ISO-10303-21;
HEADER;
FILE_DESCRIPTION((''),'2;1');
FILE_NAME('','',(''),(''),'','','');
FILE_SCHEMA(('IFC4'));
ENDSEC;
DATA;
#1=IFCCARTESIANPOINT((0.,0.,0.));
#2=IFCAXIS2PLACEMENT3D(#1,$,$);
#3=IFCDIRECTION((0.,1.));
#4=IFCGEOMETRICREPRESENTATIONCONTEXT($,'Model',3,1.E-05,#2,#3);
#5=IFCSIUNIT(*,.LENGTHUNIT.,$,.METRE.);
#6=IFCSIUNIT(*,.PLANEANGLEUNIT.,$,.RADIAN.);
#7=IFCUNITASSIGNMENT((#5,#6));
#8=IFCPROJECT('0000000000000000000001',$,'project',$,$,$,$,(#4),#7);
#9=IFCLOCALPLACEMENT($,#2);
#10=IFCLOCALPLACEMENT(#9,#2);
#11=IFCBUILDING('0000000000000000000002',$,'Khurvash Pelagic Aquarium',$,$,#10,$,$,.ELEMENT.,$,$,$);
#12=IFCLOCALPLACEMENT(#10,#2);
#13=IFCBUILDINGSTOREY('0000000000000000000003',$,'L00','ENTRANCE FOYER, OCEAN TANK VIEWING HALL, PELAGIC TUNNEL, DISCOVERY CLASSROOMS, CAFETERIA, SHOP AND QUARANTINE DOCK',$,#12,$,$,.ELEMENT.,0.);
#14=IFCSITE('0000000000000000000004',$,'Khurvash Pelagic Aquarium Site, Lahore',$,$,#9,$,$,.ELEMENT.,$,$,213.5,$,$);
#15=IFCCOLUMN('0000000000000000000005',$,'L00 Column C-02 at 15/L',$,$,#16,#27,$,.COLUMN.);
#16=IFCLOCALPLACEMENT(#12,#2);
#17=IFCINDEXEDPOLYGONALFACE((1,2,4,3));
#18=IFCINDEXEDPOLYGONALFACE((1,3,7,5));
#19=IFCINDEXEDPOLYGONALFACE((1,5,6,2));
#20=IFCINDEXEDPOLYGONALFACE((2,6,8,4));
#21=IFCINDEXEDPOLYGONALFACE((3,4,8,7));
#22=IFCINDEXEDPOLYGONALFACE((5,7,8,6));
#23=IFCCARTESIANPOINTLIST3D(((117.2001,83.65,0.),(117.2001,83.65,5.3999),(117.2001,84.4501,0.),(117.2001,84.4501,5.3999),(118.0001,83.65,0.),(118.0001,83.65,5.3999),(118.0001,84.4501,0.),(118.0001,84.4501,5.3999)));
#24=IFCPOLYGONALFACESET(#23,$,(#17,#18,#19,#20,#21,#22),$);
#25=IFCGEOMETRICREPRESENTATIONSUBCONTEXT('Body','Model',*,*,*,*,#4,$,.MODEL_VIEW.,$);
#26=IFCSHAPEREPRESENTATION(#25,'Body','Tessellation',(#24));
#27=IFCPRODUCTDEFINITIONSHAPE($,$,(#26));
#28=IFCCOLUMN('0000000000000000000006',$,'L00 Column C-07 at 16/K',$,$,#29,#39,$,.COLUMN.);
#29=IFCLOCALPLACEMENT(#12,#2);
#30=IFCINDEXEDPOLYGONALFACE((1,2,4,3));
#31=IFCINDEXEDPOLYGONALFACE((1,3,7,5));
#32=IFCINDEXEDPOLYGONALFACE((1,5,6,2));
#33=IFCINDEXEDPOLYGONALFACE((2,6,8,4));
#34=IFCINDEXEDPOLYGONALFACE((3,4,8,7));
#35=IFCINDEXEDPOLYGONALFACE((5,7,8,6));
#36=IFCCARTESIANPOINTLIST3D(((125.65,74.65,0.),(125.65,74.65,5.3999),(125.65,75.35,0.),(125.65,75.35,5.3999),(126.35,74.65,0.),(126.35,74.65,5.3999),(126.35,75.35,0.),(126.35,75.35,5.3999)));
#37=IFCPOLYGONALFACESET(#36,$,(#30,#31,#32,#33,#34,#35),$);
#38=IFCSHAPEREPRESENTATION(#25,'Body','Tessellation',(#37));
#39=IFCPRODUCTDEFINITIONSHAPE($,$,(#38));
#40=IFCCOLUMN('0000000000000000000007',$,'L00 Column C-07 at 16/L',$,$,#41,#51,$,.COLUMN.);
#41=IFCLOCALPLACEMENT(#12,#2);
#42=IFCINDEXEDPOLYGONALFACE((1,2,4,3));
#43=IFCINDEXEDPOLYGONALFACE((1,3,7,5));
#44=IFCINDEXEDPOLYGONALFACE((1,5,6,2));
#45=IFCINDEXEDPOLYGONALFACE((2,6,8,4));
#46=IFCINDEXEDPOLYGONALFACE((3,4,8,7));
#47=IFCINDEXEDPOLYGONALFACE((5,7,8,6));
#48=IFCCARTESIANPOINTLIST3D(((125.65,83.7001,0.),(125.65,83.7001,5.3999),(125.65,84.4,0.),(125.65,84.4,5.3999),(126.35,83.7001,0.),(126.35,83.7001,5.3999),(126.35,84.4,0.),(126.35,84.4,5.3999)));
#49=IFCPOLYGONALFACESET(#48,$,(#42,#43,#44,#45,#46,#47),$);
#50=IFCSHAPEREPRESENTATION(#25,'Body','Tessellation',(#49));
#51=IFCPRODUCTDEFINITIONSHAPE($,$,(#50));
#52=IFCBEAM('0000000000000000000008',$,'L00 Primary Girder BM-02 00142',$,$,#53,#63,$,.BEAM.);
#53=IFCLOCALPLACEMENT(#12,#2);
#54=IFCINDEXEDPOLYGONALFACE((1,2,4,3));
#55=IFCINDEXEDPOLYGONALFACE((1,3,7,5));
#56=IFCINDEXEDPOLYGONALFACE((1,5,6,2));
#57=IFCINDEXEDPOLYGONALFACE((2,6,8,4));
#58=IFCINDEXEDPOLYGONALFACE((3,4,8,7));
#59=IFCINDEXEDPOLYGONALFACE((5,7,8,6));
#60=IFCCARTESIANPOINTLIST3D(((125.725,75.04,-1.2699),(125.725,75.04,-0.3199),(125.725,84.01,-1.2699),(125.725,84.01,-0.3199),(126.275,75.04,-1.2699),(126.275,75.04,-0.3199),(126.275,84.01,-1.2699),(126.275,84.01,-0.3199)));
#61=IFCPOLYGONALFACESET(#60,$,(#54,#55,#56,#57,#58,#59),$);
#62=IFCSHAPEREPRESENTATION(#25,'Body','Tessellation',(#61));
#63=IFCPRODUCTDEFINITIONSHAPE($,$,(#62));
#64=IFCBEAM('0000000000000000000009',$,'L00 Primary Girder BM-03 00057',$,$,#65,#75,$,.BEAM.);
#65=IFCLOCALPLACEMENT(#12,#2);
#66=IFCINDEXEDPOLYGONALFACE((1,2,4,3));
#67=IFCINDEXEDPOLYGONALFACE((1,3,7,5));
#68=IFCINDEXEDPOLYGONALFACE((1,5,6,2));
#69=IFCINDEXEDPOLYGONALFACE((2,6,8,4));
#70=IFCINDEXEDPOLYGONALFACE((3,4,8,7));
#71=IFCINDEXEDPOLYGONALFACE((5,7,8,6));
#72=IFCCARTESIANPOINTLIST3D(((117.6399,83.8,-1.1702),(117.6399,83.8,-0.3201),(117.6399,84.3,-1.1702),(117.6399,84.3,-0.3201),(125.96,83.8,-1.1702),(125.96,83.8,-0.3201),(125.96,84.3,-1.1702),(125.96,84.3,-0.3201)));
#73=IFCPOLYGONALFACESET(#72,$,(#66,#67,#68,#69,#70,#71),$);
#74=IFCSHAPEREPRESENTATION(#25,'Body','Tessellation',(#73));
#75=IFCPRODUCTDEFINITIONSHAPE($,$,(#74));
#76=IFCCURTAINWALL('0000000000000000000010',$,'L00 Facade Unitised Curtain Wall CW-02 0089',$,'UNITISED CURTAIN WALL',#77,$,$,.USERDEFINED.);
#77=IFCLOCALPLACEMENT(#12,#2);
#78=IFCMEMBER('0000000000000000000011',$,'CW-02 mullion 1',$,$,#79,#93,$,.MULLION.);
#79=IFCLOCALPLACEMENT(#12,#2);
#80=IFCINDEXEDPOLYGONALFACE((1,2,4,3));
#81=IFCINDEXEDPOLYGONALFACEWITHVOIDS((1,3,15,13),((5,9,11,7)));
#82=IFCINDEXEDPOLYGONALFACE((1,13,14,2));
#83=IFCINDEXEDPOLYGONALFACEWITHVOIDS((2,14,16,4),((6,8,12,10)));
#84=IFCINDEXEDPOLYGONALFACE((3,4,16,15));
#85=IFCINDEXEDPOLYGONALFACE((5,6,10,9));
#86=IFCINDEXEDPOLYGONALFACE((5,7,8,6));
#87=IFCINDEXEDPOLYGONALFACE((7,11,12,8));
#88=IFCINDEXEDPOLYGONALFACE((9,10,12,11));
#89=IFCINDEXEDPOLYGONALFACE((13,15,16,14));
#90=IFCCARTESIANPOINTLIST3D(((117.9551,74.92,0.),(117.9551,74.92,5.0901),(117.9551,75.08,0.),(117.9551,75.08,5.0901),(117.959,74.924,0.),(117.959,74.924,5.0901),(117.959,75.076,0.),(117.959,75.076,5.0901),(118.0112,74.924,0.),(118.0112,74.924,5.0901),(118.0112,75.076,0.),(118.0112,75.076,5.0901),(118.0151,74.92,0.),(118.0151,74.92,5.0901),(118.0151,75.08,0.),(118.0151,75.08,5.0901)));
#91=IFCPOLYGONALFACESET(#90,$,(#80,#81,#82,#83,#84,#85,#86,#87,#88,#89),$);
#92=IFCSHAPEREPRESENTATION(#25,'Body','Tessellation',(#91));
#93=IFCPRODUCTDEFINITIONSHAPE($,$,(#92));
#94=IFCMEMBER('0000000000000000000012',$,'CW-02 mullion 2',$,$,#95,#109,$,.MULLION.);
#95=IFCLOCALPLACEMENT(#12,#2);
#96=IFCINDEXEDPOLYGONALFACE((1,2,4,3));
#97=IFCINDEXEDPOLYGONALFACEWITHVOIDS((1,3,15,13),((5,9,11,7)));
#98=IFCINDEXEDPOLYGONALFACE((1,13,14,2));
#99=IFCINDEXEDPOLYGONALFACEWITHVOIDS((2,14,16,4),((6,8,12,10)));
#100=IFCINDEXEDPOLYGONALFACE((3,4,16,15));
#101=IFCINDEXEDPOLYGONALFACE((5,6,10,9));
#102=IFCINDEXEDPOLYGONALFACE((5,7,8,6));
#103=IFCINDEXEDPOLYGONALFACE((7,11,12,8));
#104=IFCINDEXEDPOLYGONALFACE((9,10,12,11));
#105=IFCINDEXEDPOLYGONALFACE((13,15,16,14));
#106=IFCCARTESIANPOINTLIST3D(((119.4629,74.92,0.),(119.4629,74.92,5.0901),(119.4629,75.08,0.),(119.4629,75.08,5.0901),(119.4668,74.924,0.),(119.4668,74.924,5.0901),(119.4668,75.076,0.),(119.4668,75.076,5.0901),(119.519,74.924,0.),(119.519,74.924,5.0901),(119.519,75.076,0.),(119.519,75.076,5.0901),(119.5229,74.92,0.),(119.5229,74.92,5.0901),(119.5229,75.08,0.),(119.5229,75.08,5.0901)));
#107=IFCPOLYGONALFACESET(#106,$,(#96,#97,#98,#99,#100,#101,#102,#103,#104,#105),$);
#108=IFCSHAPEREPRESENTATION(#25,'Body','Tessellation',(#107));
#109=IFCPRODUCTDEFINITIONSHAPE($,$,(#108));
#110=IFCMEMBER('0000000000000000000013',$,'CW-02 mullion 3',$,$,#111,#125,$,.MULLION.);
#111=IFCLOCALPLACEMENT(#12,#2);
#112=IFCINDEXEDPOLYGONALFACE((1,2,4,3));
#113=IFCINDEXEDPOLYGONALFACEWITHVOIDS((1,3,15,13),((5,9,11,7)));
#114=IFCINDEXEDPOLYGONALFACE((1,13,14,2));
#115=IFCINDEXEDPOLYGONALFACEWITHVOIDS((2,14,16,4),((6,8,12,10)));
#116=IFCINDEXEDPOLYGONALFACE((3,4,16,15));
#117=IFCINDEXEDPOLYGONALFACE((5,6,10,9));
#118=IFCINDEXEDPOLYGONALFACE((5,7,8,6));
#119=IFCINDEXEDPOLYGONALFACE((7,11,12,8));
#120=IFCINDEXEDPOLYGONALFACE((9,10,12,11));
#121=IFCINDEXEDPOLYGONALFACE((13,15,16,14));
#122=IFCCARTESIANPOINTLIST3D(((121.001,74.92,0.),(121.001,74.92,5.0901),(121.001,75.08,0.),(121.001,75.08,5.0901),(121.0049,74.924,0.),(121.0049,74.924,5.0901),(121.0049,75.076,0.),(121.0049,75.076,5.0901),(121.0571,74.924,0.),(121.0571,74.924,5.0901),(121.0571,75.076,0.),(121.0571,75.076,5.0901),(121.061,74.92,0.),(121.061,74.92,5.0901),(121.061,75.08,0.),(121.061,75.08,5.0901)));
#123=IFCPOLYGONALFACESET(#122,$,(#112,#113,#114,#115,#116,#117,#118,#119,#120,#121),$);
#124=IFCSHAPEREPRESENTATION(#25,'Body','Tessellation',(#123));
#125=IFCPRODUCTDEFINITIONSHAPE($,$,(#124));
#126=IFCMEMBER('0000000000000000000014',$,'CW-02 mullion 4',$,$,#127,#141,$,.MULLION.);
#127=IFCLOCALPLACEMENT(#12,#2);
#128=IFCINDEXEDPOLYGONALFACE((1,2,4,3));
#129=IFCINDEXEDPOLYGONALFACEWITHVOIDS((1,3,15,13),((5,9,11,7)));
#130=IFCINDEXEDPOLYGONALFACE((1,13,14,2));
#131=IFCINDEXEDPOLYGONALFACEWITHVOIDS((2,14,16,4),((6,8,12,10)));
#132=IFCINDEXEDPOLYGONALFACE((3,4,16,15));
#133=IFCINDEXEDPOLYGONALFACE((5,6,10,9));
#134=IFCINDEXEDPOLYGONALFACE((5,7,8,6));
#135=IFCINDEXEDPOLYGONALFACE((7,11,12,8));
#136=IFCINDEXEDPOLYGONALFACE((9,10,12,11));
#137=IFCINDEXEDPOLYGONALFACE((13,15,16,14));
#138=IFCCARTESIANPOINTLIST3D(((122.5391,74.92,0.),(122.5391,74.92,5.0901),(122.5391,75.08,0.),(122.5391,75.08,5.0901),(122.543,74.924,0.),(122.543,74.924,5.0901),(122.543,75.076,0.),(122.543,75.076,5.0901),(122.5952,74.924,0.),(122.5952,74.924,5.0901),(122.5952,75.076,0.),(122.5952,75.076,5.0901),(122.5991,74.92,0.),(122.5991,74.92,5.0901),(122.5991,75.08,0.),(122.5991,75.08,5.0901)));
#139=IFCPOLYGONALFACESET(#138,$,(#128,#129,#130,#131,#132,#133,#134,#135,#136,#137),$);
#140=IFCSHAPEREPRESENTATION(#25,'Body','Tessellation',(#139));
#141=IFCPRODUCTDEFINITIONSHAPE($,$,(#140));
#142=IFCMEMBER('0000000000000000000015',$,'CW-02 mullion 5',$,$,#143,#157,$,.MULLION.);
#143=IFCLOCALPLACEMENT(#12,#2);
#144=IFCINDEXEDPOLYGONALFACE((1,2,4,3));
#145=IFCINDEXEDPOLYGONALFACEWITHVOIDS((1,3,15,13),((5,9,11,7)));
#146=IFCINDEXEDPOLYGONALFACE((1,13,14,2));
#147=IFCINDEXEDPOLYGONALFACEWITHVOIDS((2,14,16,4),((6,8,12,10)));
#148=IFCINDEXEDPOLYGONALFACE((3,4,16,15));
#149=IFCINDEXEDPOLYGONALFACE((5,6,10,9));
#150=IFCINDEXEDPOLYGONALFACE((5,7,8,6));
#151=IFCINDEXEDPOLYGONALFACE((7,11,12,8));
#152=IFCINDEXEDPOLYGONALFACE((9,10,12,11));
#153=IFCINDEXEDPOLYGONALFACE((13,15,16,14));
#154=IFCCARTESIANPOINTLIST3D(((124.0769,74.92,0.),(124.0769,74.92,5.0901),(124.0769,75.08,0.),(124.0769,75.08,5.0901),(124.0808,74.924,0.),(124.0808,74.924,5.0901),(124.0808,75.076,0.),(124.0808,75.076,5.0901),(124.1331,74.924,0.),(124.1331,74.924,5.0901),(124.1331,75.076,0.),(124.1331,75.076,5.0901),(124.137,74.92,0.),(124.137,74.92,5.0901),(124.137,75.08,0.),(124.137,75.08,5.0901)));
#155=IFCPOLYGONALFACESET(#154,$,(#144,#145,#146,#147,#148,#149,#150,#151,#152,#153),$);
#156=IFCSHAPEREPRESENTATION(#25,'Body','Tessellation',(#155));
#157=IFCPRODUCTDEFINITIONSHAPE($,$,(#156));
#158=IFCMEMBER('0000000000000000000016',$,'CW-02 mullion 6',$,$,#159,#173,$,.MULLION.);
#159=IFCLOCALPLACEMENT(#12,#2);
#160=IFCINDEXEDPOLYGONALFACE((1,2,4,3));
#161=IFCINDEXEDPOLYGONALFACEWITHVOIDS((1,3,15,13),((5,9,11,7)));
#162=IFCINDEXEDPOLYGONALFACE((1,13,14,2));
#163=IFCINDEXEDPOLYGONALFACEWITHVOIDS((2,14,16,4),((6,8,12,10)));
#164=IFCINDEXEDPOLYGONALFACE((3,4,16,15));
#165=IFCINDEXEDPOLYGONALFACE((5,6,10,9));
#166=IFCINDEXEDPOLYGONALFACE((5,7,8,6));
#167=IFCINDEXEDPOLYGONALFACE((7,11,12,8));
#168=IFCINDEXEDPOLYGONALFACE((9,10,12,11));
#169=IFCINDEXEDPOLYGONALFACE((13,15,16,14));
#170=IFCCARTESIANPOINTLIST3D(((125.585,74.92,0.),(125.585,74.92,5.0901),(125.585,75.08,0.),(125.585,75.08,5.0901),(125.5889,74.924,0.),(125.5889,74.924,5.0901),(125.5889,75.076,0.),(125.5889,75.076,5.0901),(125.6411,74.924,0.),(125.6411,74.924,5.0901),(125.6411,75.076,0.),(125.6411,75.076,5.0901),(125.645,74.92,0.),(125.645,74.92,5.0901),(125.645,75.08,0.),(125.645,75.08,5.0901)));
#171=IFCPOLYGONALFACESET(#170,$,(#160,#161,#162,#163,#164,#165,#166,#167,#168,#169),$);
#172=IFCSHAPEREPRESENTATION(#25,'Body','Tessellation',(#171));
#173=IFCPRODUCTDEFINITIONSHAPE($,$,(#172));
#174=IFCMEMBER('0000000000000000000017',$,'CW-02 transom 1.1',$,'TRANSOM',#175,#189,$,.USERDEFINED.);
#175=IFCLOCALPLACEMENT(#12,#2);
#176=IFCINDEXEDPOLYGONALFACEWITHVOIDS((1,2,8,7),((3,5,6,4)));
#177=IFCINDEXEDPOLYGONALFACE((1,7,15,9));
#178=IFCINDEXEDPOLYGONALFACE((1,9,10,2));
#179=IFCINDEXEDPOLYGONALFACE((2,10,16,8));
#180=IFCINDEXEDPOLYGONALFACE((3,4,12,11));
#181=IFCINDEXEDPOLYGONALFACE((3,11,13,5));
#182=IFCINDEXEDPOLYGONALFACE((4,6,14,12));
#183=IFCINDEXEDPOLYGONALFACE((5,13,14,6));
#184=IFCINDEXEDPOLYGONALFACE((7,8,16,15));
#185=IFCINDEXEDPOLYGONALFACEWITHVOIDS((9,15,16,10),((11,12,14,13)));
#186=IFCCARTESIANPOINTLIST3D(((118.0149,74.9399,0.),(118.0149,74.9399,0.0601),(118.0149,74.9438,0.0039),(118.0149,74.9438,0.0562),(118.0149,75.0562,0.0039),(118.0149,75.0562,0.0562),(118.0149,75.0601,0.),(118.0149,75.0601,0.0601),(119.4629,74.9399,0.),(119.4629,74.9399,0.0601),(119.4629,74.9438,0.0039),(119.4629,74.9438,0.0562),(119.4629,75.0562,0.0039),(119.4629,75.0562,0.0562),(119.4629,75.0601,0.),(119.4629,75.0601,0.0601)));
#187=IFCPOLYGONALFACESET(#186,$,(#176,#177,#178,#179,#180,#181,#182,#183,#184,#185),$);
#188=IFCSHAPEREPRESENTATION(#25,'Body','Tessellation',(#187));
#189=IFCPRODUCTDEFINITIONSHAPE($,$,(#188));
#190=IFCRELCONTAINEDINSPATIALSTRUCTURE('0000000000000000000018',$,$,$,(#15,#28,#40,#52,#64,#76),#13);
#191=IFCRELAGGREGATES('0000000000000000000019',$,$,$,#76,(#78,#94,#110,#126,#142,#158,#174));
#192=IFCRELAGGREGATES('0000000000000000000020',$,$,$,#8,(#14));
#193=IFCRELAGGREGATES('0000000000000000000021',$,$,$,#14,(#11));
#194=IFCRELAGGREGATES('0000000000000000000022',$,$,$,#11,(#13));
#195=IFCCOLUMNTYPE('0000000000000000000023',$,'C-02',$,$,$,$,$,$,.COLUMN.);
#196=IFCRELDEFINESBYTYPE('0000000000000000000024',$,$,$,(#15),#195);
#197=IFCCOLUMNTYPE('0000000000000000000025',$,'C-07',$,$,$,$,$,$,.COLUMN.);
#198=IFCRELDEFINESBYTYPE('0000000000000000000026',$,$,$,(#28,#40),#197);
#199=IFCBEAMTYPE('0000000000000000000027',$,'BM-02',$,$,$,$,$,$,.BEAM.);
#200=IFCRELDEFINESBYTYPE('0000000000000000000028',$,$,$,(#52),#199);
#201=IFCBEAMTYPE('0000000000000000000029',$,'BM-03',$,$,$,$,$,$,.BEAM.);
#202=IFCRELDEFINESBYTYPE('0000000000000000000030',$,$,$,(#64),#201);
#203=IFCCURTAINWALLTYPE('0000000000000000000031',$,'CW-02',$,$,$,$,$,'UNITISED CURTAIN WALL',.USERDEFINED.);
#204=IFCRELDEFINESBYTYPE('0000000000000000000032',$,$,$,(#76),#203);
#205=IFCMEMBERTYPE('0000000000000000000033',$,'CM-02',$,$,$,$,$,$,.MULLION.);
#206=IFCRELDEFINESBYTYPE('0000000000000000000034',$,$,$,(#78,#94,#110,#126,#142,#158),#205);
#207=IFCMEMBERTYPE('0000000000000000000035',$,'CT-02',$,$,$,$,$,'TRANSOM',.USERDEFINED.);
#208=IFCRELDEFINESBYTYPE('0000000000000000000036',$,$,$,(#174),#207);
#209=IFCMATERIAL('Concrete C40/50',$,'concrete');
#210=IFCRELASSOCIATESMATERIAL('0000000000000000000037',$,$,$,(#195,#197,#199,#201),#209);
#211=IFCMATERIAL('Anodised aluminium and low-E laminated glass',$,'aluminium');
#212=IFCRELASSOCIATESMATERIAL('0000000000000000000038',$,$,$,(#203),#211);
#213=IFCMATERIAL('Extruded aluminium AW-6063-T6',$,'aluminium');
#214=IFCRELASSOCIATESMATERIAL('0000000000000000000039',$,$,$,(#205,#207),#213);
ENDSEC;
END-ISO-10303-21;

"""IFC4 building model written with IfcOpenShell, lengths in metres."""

from ifc_helpers import new_model, si_unit, direction, frame, origin, origin_2d, place, context, subcontext, project, spatial, rectangle, hollow_rectangle, extrude, material, material_profile, profile_set, type_object, element, aggregate, save


model = new_model("IFC4")

# Units and contexts
model_context = context("Model", 3, precision=1e-05, world=origin(), true_north=direction((0.0, 1.0)))
body_context = subcontext(model_context, "Body", "Model", "MODEL_VIEW")
ifc_project = project(units=[si_unit("LENGTHUNIT", "METRE"), si_unit("PLANEANGLEUNIT", "RADIAN")], contexts=[model_context])

# Site, building, storey
site_placement = place(None, origin())
site = spatial("IfcSite", under=ifc_project, at=site_placement, Name="Khurvash Pelagic Aquarium Site, Lahore", CompositionType="ELEMENT", RefElevation=213.5)
building_placement = place(site_placement, origin())
building = spatial("IfcBuilding", under=site, at=building_placement, Name="Khurvash Pelagic Aquarium", CompositionType="ELEMENT")
storey_placement = place(building_placement, origin())
storey = spatial("IfcBuildingStorey", under=building, at=storey_placement, Name="L00", Description="ENTRANCE FOYER, OCEAN TANK VIEWING HALL, PELAGIC TUNNEL, DISCOVERY CLASSROOMS, CAFETERIA, SHOP AND QUARANTINE DOCK", CompositionType="ELEMENT", Elevation=0.0)

# Columns
ifc_material_1 = material(Name="Concrete C40/50", Category="concrete")
ifc_material_profile_1 = material_profile(ifc_material_1, rectangle(XDim=0.8, YDim=0.8, at=origin_2d()), Name="RC800X800")
ifc_profile_set_1 = profile_set([ifc_material_profile_1], Name="Concrete C40/50")
column_type_1 = type_object("IfcColumnType", Name="C-02", PredefinedType="COLUMN", material=ifc_profile_set_1)
column_placement = place(storey_placement, frame((117.6001, 84.05, 0.0), z_axis=(0.0, 0.0, 1.0), x_axis=(1.0, 0.0, 0.0)))
element("IfcColumn", 1, at=column_placement, inside=storey, type_object=column_type_1, Name="L00 Column C-02 at 15/L", PredefinedType="COLUMN", context=body_context, shape_type="SweptSolid", body=[
    extrude(rectangle(XDim=0.8, YDim=0.8, at=origin_2d()), origin(), (0.0, 0.0, 1.0), 5.3999),
])
ifc_material_profile_2 = material_profile(ifc_material_1, rectangle(XDim=0.7, YDim=0.7, at=origin_2d()), Name="RC700X700")
ifc_profile_set_2 = profile_set([ifc_material_profile_2], Name="Concrete C40/50")
column_type_2 = type_object("IfcColumnType", Name="C-07", PredefinedType="COLUMN", material=ifc_profile_set_2)
for number, where, z_axis, x_axis, name in (
    (2, (126.0, 75.0, 0.0), (0.0, 0.0, 1.0), (1.0, 0.0, 0.0), "L00 Column C-07 at 16/K"),
    (3, (126.0, 84.05, 0.0), (0.0, 0.0, 1.0), (1.0, 0.0, 0.0), "L00 Column C-07 at 16/L"),
):
    element("IfcColumn", number, at=place(storey_placement, frame(where, z_axis=z_axis, x_axis=x_axis)), inside=storey, type_object=column_type_2, Name=name, PredefinedType="COLUMN", context=body_context, shape_type="SweptSolid", body=[
        extrude(rectangle(XDim=0.7, YDim=0.7, at=origin_2d()), origin(), (0.0, 0.0, 1.0), 5.3999),
    ])

# Beams
ifc_material_profile_3 = material_profile(ifc_material_1, rectangle(XDim=0.55, YDim=0.95, at=origin_2d()), Name="RC550X950")
ifc_profile_set_3 = profile_set([ifc_material_profile_3], Name="Concrete C40/50")
beam_type_1 = type_object("IfcBeamType", Name="BM-02", PredefinedType="BEAM", material=ifc_profile_set_3)
beam_1_placement = place(storey_placement, frame((126.0, 75.04, -0.7949), z_axis=(0.0, 1.0, 0.0), x_axis=(-1.0, 0.0, 0.0)))
element("IfcBeam", 4, at=beam_1_placement, inside=storey, type_object=beam_type_1, Name="L00 Primary Girder BM-02 00142", PredefinedType="BEAM", context=body_context, shape_type="SweptSolid", body=[
    extrude(rectangle(XDim=0.55, YDim=0.95, at=origin_2d()), origin(), (0.0, 0.0, 1.0), 8.97),
])
ifc_material_profile_4 = material_profile(ifc_material_1, rectangle(XDim=0.5, YDim=0.8501, at=origin_2d()), Name="RC500X850")
ifc_profile_set_4 = profile_set([ifc_material_profile_4], Name="Concrete C40/50")
beam_type_2 = type_object("IfcBeamType", Name="BM-03", PredefinedType="BEAM", material=ifc_profile_set_4)
beam_2_placement = place(storey_placement, frame((117.6399, 84.05, -0.7451), z_axis=(1.0, 0.0, 0.0), x_axis=(0.0, 1.0, 0.0)))
element("IfcBeam", 5, at=beam_2_placement, inside=storey, type_object=beam_type_2, Name="L00 Primary Girder BM-03 00057", PredefinedType="BEAM", context=body_context, shape_type="SweptSolid", body=[
    extrude(rectangle(XDim=0.5, YDim=0.8501, at=origin_2d()), origin(), (0.0, 0.0, 1.0), 8.3201),
])

# Curtain wall, members
ifc_material_2 = material(Name="Anodised aluminium and low-E laminated glass", Category="aluminium")
curtain_wall_type = type_object("IfcCurtainWallType", Name="CW-02", ElementType="UNITISED CURTAIN WALL", PredefinedType="USERDEFINED", material=ifc_material_2)
curtain_wall_placement = place(storey_placement, origin())
curtain_wall = element("IfcCurtainWall", 6, at=curtain_wall_placement, inside=storey, type_object=curtain_wall_type, Name="L00 Facade Unitised Curtain Wall CW-02 0089", ObjectType="UNITISED CURTAIN WALL", PredefinedType="USERDEFINED")
ifc_material_3 = material(Name="Extruded aluminium AW-6063-T6", Category="aluminium")
ifc_material_profile_5 = material_profile(ifc_material_3, hollow_rectangle(XDim=0.0601, YDim=0.1599, WallThickness=0.0039, at=origin_2d()), Name="CWM60X160X4")
ifc_profile_set_5 = profile_set([ifc_material_profile_5], Name="Extruded aluminium AW-6063-T6")
member_type_1 = type_object("IfcMemberType", Name="CM-02", PredefinedType="MULLION", material=ifc_profile_set_5)
member_1_placement = place(storey_placement, frame((117.9851, 75.0, 0.0), z_axis=(0.0, 0.0, 1.0), x_axis=(1.0, 0.0, 0.0)))
member_1 = element("IfcMember", 7, at=member_1_placement, type_object=member_type_1, Name="CW-02 mullion 1", PredefinedType="MULLION", context=body_context, shape_type="SweptSolid", body=[
    extrude(hollow_rectangle(XDim=0.0601, YDim=0.1599, WallThickness=0.0039, at=origin_2d()), origin(), (0.0, 0.0, 1.0), 5.0901),
])
member_2_placement = place(storey_placement, frame((119.4929, 75.0, 0.0), z_axis=(0.0, 0.0, 1.0), x_axis=(1.0, 0.0, 0.0)))
member_2 = element("IfcMember", 8, at=member_2_placement, type_object=member_type_1, Name="CW-02 mullion 2", PredefinedType="MULLION", context=body_context, shape_type="SweptSolid", body=[
    extrude(hollow_rectangle(XDim=0.0601, YDim=0.1599, WallThickness=0.0039, at=origin_2d()), origin(), (0.0, 0.0, 1.0), 5.0901),
])
member_3_placement = place(storey_placement, frame((121.031, 75.0, 0.0), z_axis=(0.0, 0.0, 1.0), x_axis=(1.0, 0.0, 0.0)))
member_3 = element("IfcMember", 9, at=member_3_placement, type_object=member_type_1, Name="CW-02 mullion 3", PredefinedType="MULLION", context=body_context, shape_type="SweptSolid", body=[
    extrude(hollow_rectangle(XDim=0.0601, YDim=0.1599, WallThickness=0.0039, at=origin_2d()), origin(), (0.0, 0.0, 1.0), 5.0901),
])
member_4_placement = place(storey_placement, frame((122.5691, 75.0, 0.0), z_axis=(0.0, 0.0, 1.0), x_axis=(1.0, 0.0, 0.0)))
member_4 = element("IfcMember", 10, at=member_4_placement, type_object=member_type_1, Name="CW-02 mullion 4", PredefinedType="MULLION", context=body_context, shape_type="SweptSolid", body=[
    extrude(hollow_rectangle(XDim=0.0601, YDim=0.1599, WallThickness=0.0039, at=origin_2d()), origin(), (0.0, 0.0, 1.0), 5.0901),
])
member_5_placement = place(storey_placement, frame((124.1069, 75.0, 0.0), z_axis=(0.0, 0.0, 1.0), x_axis=(1.0, 0.0, 0.0)))
member_5 = element("IfcMember", 11, at=member_5_placement, type_object=member_type_1, Name="CW-02 mullion 5", PredefinedType="MULLION", context=body_context, shape_type="SweptSolid", body=[
    extrude(hollow_rectangle(XDim=0.0601, YDim=0.1599, WallThickness=0.0039, at=origin_2d()), origin(), (0.0, 0.0, 1.0), 5.0901),
])
member_6_placement = place(storey_placement, frame((125.615, 75.0, 0.0), z_axis=(0.0, 0.0, 1.0), x_axis=(1.0, 0.0, 0.0)))
member_6 = element("IfcMember", 12, at=member_6_placement, type_object=member_type_1, Name="CW-02 mullion 6", PredefinedType="MULLION", context=body_context, shape_type="SweptSolid", body=[
    extrude(hollow_rectangle(XDim=0.0601, YDim=0.1599, WallThickness=0.0039, at=origin_2d()), origin(), (0.0, 0.0, 1.0), 5.0901),
])
ifc_material_profile_6 = material_profile(ifc_material_3, hollow_rectangle(XDim=0.1201, YDim=0.0601, WallThickness=0.0039, at=origin_2d()), Name="CWT120X60X4")
ifc_profile_set_6 = profile_set([ifc_material_profile_6], Name="Extruded aluminium AW-6063-T6")
member_type_2 = type_object("IfcMemberType", Name="CT-02", ElementType="TRANSOM", PredefinedType="USERDEFINED", material=ifc_profile_set_6)
member_7_placement = place(storey_placement, frame((118.0149, 75.0, 0.03), z_axis=(1.0, 0.0, 0.0), x_axis=(0.0, 1.0, 0.0)))
member_7 = element("IfcMember", 13, at=member_7_placement, type_object=member_type_2, Name="CW-02 transom 1.1", ObjectType="TRANSOM", PredefinedType="USERDEFINED", context=body_context, shape_type="SweptSolid", body=[
    extrude(hollow_rectangle(XDim=0.1201, YDim=0.0601, WallThickness=0.0039, at=origin_2d()), origin(), (0.0, 0.0, 1.0), 1.448),
])

aggregate(curtain_wall, [member_1, member_2, member_3, member_4, member_5, member_6, member_7])

save(model, "model.ifc")
